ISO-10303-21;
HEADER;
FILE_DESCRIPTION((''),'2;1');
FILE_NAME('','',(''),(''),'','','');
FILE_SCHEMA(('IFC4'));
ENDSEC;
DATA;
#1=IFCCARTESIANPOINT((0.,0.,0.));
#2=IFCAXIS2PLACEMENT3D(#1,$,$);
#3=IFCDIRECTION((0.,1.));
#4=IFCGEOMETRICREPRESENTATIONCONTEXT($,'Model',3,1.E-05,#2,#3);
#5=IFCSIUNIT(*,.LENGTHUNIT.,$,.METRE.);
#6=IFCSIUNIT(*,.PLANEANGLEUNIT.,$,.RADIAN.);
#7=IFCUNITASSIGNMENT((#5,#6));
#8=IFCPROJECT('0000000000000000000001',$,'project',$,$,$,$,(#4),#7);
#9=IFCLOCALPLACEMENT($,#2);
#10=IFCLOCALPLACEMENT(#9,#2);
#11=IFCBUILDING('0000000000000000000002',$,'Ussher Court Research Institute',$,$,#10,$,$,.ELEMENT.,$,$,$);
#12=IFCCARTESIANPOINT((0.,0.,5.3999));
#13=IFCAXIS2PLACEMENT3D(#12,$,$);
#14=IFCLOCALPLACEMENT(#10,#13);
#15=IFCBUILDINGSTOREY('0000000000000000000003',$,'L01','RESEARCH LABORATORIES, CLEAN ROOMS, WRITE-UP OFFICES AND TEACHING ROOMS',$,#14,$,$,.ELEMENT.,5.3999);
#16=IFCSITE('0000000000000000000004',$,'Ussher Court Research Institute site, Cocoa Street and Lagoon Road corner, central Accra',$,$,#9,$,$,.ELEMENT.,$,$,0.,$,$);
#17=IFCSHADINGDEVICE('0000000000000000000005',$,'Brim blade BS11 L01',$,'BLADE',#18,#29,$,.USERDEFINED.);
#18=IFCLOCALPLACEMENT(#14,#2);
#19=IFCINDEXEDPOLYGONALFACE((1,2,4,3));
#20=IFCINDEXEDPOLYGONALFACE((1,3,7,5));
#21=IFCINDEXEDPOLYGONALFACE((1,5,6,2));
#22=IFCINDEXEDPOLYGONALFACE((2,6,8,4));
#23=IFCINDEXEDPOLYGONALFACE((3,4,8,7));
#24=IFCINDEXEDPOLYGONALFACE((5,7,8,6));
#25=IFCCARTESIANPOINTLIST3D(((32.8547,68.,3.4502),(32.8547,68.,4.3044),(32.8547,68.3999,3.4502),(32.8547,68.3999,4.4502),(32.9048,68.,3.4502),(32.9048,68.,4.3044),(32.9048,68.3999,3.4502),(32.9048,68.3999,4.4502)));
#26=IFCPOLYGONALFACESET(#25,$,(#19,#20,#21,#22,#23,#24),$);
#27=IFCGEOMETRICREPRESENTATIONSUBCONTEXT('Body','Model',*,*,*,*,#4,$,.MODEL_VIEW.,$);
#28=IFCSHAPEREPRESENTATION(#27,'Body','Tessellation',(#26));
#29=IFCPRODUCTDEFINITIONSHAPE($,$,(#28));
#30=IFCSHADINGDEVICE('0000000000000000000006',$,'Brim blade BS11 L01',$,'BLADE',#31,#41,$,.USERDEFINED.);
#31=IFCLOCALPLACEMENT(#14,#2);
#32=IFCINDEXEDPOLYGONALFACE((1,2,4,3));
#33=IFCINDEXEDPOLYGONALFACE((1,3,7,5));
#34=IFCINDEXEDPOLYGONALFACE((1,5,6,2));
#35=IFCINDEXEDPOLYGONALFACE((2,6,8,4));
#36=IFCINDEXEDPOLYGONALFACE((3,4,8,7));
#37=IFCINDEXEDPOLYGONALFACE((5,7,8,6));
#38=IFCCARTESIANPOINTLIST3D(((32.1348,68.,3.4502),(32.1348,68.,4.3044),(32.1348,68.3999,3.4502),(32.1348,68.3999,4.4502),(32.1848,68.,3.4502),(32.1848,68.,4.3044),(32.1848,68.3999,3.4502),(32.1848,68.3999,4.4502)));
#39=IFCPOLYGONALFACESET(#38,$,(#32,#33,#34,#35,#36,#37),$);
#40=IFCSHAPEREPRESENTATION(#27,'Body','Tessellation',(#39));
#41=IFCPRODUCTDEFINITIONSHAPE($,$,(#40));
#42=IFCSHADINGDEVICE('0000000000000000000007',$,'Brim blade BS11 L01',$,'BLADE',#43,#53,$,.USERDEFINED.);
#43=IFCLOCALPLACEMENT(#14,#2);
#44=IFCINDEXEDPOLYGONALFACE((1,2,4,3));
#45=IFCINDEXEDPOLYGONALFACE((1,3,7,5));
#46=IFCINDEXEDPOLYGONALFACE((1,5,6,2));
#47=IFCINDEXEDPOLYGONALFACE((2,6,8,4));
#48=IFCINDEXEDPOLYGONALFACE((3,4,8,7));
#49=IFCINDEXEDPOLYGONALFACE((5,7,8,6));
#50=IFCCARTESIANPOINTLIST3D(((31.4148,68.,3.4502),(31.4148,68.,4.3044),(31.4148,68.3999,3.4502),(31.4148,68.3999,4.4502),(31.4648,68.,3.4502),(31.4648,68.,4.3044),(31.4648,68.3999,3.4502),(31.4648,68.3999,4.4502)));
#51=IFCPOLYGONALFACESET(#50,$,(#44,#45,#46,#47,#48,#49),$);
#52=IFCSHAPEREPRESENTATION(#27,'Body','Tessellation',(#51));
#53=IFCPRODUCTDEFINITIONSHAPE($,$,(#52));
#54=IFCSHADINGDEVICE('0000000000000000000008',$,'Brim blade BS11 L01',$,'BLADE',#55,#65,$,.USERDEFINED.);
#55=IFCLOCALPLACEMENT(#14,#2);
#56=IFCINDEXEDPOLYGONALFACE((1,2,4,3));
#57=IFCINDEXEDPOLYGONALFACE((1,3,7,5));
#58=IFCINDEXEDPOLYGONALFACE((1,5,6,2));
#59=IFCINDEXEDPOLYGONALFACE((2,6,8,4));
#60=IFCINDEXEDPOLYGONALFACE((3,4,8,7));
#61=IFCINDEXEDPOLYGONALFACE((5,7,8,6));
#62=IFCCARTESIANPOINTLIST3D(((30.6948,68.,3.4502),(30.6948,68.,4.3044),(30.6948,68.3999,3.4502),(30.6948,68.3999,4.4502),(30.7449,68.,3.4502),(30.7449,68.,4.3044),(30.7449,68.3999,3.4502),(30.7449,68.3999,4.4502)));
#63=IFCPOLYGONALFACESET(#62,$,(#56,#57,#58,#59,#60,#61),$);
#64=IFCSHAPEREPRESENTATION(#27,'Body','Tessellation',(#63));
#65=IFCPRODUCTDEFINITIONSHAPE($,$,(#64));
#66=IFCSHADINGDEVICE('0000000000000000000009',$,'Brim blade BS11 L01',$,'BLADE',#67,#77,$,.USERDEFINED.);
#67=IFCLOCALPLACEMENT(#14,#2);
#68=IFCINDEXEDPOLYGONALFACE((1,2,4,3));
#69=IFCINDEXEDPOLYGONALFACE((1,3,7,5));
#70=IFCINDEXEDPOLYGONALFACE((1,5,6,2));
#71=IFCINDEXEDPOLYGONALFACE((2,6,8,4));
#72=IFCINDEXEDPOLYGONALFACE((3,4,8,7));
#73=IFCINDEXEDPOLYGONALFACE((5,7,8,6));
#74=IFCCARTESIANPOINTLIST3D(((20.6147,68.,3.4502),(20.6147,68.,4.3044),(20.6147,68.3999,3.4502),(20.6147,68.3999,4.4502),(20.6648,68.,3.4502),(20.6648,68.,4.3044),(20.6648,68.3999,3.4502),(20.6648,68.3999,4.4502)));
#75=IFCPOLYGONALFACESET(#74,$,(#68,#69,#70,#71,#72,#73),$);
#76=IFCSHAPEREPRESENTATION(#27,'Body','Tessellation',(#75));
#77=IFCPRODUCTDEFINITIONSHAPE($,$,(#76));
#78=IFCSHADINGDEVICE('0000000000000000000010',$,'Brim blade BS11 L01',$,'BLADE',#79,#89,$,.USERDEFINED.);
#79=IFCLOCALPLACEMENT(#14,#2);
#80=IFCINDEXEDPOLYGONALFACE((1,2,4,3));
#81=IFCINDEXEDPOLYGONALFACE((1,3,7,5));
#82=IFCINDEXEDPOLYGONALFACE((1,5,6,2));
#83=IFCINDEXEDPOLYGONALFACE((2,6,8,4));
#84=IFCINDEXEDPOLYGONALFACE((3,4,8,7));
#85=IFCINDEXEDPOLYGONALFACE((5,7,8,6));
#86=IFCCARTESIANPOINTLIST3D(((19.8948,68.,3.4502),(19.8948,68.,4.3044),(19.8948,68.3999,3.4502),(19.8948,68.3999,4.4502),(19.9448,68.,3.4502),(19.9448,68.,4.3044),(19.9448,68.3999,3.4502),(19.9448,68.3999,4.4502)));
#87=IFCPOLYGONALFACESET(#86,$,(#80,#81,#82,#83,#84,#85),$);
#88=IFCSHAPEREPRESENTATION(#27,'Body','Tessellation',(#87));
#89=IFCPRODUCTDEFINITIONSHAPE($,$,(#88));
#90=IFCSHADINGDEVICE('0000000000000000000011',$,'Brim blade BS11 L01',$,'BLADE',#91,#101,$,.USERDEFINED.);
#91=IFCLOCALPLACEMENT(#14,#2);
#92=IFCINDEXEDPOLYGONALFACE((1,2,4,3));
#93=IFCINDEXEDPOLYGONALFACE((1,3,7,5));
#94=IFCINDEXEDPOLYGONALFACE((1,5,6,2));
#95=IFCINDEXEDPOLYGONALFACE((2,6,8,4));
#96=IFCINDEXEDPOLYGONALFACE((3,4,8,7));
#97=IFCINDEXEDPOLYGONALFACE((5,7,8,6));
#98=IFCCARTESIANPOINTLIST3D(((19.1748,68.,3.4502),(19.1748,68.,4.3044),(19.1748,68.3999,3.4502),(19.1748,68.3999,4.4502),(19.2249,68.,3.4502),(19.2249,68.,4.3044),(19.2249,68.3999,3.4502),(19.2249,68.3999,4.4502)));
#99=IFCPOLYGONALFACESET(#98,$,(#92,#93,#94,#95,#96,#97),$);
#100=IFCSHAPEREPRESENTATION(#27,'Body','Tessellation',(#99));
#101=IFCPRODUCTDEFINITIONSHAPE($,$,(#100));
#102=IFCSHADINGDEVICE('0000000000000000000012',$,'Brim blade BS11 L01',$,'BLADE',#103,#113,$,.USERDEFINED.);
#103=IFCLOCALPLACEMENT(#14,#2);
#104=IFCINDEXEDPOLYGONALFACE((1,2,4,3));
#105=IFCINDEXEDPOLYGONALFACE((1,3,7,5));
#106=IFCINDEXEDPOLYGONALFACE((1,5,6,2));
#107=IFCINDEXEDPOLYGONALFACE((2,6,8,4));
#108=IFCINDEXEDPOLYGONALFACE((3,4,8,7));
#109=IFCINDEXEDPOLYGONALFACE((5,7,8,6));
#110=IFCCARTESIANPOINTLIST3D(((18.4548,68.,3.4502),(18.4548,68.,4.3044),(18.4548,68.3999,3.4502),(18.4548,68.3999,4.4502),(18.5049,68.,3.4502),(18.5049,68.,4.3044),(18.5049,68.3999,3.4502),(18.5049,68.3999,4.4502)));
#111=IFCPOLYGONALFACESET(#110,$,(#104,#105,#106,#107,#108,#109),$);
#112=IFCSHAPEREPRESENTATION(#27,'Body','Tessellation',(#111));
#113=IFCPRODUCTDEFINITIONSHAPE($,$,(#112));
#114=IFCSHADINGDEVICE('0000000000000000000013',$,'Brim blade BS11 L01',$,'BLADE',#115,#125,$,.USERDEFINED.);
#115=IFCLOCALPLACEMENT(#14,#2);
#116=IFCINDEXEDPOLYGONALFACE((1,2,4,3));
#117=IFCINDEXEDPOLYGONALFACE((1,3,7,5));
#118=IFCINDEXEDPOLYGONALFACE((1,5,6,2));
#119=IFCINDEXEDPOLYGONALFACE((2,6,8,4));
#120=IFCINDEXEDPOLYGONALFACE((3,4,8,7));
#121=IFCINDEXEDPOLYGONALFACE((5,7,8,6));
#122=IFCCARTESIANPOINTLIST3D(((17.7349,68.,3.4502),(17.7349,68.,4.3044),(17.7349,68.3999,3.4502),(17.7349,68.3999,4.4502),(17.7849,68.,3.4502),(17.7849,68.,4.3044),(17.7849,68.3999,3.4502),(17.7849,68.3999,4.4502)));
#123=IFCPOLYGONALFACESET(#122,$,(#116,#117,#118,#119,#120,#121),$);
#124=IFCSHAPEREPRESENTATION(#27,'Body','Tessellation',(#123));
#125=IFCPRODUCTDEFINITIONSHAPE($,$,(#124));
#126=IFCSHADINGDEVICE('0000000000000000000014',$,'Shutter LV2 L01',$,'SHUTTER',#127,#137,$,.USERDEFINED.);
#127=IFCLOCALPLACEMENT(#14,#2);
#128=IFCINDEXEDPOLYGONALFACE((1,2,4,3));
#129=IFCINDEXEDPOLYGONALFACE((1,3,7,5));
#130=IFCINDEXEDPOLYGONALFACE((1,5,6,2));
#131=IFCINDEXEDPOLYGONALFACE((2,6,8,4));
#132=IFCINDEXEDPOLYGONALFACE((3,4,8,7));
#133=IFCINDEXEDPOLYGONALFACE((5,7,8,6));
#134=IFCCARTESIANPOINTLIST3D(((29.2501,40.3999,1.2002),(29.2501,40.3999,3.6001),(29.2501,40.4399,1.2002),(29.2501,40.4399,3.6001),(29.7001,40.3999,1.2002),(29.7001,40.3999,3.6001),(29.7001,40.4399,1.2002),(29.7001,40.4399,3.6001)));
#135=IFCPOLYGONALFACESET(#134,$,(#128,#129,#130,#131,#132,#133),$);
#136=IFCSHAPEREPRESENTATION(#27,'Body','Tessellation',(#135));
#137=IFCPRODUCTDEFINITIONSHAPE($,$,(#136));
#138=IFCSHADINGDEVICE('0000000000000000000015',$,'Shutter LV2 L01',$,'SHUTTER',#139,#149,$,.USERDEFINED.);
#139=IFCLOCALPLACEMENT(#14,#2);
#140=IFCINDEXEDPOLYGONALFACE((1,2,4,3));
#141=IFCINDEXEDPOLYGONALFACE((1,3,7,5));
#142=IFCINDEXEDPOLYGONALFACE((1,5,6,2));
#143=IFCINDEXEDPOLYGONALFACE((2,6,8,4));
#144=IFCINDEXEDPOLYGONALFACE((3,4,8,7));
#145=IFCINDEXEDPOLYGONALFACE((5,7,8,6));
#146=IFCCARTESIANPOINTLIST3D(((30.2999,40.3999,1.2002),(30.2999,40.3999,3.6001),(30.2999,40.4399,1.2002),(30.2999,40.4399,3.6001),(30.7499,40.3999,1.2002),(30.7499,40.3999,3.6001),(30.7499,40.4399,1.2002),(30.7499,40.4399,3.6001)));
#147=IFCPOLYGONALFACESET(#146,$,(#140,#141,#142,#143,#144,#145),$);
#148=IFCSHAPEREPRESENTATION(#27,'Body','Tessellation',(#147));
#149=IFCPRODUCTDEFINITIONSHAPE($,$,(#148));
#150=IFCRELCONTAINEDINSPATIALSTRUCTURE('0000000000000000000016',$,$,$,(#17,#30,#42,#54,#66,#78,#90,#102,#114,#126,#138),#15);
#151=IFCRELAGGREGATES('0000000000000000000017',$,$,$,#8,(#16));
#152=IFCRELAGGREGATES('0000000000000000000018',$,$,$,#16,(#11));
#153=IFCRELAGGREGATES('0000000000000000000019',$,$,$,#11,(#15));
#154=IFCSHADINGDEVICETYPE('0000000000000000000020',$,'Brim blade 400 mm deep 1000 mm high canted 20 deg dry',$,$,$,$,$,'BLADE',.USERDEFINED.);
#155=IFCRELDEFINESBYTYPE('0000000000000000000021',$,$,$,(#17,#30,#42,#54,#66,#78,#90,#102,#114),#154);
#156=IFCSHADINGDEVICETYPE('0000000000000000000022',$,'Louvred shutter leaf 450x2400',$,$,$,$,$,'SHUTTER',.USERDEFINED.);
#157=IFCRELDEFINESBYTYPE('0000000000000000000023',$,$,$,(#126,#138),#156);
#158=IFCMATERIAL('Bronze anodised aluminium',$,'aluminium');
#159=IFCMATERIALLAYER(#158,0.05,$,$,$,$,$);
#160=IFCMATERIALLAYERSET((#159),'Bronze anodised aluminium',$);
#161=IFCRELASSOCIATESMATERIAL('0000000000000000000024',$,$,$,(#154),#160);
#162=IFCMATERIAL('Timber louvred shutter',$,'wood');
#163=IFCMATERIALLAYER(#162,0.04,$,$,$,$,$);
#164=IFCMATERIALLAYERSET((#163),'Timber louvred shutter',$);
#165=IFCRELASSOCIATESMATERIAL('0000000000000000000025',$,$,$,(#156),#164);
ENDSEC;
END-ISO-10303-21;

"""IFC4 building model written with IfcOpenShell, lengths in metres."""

from ifc_helpers import new_model, si_unit, direction, frame, origin, origin_2d, place, context, subcontext, project, spatial, polyline, rectangle, outline, extrude, material, layer, layer_set, type_object, element, save


model = new_model("IFC4")

# Units and contexts
model_context = context("Model", 3, precision=1e-05, world=origin(), true_north=direction((0.0, 1.0)))
body_context = subcontext(model_context, "Body", "Model", "MODEL_VIEW")
ifc_project = project(units=[si_unit("LENGTHUNIT", "METRE"), si_unit("PLANEANGLEUNIT", "RADIAN")], contexts=[model_context])

# Site, building, storey
site_placement = place(None, origin())
site = spatial("IfcSite", under=ifc_project, at=site_placement, Name="Ussher Court Research Institute site, Cocoa Street and Lagoon Road corner, central Accra", CompositionType="ELEMENT", RefElevation=0.0)
building_placement = place(site_placement, origin())
building = spatial("IfcBuilding", under=site, at=building_placement, Name="Ussher Court Research Institute", CompositionType="ELEMENT")
storey_placement = place(building_placement, frame((0.0, 0.0, 5.3999)))
storey = spatial("IfcBuildingStorey", under=building, at=storey_placement, Name="L01", Description="RESEARCH LABORATORIES, CLEAN ROOMS, WRITE-UP OFFICES AND TEACHING ROOMS", CompositionType="ELEMENT", Elevation=5.3999)

# Shading devices
ifc_material_1 = material(Name="Bronze anodised aluminium", Category="aluminium")
ifc_layer_1 = layer(ifc_material_1, 0.05)
ifc_layer_set_1 = layer_set([ifc_layer_1], Name="Bronze anodised aluminium")
shading_device_type_1 = type_object("IfcShadingDeviceType", Name="Brim blade 400 mm deep 1000 mm high canted 20 deg dry", ElementType="BLADE", PredefinedType="USERDEFINED", material=ifc_layer_set_1)
for number, where, z_axis, x_axis, name in (
    (1, (32.8799, 68.3999, 3.4502), (0.0, 0.0, 1.0), (0.0, -1.0, 0.0), "Brim blade BS11 L01"),
    (2, (32.1599, 68.3999, 3.4502), (0.0, 0.0, 1.0), (0.0, -1.0, 0.0), "Brim blade BS11 L01"),
    (3, (31.4399, 68.3999, 3.4502), (0.0, 0.0, 1.0), (0.0, -1.0, 0.0), "Brim blade BS11 L01"),
    (4, (30.72, 68.3999, 3.4502), (0.0, 0.0, 1.0), (0.0, -1.0, 0.0), "Brim blade BS11 L01"),
    (5, (20.6399, 68.3999, 3.4502), (0.0, 0.0, 1.0), (0.0, -1.0, 0.0), "Brim blade BS11 L01"),
    (6, (19.9199, 68.3999, 3.4502), (0.0, 0.0, 1.0), (0.0, -1.0, 0.0), "Brim blade BS11 L01"),
    (7, (19.2, 68.3999, 3.4502), (0.0, 0.0, 1.0), (0.0, -1.0, 0.0), "Brim blade BS11 L01"),
    (8, (18.48, 68.3999, 3.4502), (0.0, 0.0, 1.0), (0.0, -1.0, 0.0), "Brim blade BS11 L01"),
    (9, (17.76, 68.3999, 3.4502), (0.0, 0.0, 1.0), (0.0, -1.0, 0.0), "Brim blade BS11 L01"),
):
    element("IfcShadingDevice", number, at=place(storey_placement, frame(where, z_axis=z_axis, x_axis=x_axis)), inside=storey, type_object=shading_device_type_1, Name=name, ObjectType="BLADE", PredefinedType="USERDEFINED", context=body_context, shape_type="SweptSolid", body=[
        extrude(outline(polyline([(0.0, 0.0), (0.3999, 0.0), (0.3999, 0.8542), (0.0, 1.0), (0.0, 0.0)])), frame((0.0, 0.0249, 0.0), z_axis=(0.0, -1.0, 0.0), x_axis=(1.0, 0.0, 0.0)), (0.0, 0.0, 1.0), 0.05),
    ])
ifc_material_2 = material(Name="Timber louvred shutter", Category="wood")
ifc_layer_2 = layer(ifc_material_2, 0.04)
ifc_layer_set_2 = layer_set([ifc_layer_2], Name="Timber louvred shutter")
shading_device_type_2 = type_object("IfcShadingDeviceType", Name="Louvred shutter leaf 450x2400", ElementType="SHUTTER", PredefinedType="USERDEFINED", material=ifc_layer_set_2)
for number, where, z_axis, x_axis, name in (
    (10, (29.4751, 40.4199, 1.2002), (0.0, 0.0, 1.0), (1.0, 0.0, 0.0), "Shutter LV2 L01"),
    (11, (30.5249, 40.4199, 1.2002), (0.0, 0.0, 1.0), (1.0, 0.0, 0.0), "Shutter LV2 L01"),
):
    element("IfcShadingDevice", number, at=place(storey_placement, frame(where, z_axis=z_axis, x_axis=x_axis)), inside=storey, type_object=shading_device_type_2, Name=name, ObjectType="SHUTTER", PredefinedType="USERDEFINED", context=body_context, shape_type="SweptSolid", body=[
        extrude(rectangle(XDim=0.45, YDim=0.04, at=origin_2d()), origin(), (0.0, 0.0, 1.0), 2.3999),
    ])

save(model, "model.ifc")
